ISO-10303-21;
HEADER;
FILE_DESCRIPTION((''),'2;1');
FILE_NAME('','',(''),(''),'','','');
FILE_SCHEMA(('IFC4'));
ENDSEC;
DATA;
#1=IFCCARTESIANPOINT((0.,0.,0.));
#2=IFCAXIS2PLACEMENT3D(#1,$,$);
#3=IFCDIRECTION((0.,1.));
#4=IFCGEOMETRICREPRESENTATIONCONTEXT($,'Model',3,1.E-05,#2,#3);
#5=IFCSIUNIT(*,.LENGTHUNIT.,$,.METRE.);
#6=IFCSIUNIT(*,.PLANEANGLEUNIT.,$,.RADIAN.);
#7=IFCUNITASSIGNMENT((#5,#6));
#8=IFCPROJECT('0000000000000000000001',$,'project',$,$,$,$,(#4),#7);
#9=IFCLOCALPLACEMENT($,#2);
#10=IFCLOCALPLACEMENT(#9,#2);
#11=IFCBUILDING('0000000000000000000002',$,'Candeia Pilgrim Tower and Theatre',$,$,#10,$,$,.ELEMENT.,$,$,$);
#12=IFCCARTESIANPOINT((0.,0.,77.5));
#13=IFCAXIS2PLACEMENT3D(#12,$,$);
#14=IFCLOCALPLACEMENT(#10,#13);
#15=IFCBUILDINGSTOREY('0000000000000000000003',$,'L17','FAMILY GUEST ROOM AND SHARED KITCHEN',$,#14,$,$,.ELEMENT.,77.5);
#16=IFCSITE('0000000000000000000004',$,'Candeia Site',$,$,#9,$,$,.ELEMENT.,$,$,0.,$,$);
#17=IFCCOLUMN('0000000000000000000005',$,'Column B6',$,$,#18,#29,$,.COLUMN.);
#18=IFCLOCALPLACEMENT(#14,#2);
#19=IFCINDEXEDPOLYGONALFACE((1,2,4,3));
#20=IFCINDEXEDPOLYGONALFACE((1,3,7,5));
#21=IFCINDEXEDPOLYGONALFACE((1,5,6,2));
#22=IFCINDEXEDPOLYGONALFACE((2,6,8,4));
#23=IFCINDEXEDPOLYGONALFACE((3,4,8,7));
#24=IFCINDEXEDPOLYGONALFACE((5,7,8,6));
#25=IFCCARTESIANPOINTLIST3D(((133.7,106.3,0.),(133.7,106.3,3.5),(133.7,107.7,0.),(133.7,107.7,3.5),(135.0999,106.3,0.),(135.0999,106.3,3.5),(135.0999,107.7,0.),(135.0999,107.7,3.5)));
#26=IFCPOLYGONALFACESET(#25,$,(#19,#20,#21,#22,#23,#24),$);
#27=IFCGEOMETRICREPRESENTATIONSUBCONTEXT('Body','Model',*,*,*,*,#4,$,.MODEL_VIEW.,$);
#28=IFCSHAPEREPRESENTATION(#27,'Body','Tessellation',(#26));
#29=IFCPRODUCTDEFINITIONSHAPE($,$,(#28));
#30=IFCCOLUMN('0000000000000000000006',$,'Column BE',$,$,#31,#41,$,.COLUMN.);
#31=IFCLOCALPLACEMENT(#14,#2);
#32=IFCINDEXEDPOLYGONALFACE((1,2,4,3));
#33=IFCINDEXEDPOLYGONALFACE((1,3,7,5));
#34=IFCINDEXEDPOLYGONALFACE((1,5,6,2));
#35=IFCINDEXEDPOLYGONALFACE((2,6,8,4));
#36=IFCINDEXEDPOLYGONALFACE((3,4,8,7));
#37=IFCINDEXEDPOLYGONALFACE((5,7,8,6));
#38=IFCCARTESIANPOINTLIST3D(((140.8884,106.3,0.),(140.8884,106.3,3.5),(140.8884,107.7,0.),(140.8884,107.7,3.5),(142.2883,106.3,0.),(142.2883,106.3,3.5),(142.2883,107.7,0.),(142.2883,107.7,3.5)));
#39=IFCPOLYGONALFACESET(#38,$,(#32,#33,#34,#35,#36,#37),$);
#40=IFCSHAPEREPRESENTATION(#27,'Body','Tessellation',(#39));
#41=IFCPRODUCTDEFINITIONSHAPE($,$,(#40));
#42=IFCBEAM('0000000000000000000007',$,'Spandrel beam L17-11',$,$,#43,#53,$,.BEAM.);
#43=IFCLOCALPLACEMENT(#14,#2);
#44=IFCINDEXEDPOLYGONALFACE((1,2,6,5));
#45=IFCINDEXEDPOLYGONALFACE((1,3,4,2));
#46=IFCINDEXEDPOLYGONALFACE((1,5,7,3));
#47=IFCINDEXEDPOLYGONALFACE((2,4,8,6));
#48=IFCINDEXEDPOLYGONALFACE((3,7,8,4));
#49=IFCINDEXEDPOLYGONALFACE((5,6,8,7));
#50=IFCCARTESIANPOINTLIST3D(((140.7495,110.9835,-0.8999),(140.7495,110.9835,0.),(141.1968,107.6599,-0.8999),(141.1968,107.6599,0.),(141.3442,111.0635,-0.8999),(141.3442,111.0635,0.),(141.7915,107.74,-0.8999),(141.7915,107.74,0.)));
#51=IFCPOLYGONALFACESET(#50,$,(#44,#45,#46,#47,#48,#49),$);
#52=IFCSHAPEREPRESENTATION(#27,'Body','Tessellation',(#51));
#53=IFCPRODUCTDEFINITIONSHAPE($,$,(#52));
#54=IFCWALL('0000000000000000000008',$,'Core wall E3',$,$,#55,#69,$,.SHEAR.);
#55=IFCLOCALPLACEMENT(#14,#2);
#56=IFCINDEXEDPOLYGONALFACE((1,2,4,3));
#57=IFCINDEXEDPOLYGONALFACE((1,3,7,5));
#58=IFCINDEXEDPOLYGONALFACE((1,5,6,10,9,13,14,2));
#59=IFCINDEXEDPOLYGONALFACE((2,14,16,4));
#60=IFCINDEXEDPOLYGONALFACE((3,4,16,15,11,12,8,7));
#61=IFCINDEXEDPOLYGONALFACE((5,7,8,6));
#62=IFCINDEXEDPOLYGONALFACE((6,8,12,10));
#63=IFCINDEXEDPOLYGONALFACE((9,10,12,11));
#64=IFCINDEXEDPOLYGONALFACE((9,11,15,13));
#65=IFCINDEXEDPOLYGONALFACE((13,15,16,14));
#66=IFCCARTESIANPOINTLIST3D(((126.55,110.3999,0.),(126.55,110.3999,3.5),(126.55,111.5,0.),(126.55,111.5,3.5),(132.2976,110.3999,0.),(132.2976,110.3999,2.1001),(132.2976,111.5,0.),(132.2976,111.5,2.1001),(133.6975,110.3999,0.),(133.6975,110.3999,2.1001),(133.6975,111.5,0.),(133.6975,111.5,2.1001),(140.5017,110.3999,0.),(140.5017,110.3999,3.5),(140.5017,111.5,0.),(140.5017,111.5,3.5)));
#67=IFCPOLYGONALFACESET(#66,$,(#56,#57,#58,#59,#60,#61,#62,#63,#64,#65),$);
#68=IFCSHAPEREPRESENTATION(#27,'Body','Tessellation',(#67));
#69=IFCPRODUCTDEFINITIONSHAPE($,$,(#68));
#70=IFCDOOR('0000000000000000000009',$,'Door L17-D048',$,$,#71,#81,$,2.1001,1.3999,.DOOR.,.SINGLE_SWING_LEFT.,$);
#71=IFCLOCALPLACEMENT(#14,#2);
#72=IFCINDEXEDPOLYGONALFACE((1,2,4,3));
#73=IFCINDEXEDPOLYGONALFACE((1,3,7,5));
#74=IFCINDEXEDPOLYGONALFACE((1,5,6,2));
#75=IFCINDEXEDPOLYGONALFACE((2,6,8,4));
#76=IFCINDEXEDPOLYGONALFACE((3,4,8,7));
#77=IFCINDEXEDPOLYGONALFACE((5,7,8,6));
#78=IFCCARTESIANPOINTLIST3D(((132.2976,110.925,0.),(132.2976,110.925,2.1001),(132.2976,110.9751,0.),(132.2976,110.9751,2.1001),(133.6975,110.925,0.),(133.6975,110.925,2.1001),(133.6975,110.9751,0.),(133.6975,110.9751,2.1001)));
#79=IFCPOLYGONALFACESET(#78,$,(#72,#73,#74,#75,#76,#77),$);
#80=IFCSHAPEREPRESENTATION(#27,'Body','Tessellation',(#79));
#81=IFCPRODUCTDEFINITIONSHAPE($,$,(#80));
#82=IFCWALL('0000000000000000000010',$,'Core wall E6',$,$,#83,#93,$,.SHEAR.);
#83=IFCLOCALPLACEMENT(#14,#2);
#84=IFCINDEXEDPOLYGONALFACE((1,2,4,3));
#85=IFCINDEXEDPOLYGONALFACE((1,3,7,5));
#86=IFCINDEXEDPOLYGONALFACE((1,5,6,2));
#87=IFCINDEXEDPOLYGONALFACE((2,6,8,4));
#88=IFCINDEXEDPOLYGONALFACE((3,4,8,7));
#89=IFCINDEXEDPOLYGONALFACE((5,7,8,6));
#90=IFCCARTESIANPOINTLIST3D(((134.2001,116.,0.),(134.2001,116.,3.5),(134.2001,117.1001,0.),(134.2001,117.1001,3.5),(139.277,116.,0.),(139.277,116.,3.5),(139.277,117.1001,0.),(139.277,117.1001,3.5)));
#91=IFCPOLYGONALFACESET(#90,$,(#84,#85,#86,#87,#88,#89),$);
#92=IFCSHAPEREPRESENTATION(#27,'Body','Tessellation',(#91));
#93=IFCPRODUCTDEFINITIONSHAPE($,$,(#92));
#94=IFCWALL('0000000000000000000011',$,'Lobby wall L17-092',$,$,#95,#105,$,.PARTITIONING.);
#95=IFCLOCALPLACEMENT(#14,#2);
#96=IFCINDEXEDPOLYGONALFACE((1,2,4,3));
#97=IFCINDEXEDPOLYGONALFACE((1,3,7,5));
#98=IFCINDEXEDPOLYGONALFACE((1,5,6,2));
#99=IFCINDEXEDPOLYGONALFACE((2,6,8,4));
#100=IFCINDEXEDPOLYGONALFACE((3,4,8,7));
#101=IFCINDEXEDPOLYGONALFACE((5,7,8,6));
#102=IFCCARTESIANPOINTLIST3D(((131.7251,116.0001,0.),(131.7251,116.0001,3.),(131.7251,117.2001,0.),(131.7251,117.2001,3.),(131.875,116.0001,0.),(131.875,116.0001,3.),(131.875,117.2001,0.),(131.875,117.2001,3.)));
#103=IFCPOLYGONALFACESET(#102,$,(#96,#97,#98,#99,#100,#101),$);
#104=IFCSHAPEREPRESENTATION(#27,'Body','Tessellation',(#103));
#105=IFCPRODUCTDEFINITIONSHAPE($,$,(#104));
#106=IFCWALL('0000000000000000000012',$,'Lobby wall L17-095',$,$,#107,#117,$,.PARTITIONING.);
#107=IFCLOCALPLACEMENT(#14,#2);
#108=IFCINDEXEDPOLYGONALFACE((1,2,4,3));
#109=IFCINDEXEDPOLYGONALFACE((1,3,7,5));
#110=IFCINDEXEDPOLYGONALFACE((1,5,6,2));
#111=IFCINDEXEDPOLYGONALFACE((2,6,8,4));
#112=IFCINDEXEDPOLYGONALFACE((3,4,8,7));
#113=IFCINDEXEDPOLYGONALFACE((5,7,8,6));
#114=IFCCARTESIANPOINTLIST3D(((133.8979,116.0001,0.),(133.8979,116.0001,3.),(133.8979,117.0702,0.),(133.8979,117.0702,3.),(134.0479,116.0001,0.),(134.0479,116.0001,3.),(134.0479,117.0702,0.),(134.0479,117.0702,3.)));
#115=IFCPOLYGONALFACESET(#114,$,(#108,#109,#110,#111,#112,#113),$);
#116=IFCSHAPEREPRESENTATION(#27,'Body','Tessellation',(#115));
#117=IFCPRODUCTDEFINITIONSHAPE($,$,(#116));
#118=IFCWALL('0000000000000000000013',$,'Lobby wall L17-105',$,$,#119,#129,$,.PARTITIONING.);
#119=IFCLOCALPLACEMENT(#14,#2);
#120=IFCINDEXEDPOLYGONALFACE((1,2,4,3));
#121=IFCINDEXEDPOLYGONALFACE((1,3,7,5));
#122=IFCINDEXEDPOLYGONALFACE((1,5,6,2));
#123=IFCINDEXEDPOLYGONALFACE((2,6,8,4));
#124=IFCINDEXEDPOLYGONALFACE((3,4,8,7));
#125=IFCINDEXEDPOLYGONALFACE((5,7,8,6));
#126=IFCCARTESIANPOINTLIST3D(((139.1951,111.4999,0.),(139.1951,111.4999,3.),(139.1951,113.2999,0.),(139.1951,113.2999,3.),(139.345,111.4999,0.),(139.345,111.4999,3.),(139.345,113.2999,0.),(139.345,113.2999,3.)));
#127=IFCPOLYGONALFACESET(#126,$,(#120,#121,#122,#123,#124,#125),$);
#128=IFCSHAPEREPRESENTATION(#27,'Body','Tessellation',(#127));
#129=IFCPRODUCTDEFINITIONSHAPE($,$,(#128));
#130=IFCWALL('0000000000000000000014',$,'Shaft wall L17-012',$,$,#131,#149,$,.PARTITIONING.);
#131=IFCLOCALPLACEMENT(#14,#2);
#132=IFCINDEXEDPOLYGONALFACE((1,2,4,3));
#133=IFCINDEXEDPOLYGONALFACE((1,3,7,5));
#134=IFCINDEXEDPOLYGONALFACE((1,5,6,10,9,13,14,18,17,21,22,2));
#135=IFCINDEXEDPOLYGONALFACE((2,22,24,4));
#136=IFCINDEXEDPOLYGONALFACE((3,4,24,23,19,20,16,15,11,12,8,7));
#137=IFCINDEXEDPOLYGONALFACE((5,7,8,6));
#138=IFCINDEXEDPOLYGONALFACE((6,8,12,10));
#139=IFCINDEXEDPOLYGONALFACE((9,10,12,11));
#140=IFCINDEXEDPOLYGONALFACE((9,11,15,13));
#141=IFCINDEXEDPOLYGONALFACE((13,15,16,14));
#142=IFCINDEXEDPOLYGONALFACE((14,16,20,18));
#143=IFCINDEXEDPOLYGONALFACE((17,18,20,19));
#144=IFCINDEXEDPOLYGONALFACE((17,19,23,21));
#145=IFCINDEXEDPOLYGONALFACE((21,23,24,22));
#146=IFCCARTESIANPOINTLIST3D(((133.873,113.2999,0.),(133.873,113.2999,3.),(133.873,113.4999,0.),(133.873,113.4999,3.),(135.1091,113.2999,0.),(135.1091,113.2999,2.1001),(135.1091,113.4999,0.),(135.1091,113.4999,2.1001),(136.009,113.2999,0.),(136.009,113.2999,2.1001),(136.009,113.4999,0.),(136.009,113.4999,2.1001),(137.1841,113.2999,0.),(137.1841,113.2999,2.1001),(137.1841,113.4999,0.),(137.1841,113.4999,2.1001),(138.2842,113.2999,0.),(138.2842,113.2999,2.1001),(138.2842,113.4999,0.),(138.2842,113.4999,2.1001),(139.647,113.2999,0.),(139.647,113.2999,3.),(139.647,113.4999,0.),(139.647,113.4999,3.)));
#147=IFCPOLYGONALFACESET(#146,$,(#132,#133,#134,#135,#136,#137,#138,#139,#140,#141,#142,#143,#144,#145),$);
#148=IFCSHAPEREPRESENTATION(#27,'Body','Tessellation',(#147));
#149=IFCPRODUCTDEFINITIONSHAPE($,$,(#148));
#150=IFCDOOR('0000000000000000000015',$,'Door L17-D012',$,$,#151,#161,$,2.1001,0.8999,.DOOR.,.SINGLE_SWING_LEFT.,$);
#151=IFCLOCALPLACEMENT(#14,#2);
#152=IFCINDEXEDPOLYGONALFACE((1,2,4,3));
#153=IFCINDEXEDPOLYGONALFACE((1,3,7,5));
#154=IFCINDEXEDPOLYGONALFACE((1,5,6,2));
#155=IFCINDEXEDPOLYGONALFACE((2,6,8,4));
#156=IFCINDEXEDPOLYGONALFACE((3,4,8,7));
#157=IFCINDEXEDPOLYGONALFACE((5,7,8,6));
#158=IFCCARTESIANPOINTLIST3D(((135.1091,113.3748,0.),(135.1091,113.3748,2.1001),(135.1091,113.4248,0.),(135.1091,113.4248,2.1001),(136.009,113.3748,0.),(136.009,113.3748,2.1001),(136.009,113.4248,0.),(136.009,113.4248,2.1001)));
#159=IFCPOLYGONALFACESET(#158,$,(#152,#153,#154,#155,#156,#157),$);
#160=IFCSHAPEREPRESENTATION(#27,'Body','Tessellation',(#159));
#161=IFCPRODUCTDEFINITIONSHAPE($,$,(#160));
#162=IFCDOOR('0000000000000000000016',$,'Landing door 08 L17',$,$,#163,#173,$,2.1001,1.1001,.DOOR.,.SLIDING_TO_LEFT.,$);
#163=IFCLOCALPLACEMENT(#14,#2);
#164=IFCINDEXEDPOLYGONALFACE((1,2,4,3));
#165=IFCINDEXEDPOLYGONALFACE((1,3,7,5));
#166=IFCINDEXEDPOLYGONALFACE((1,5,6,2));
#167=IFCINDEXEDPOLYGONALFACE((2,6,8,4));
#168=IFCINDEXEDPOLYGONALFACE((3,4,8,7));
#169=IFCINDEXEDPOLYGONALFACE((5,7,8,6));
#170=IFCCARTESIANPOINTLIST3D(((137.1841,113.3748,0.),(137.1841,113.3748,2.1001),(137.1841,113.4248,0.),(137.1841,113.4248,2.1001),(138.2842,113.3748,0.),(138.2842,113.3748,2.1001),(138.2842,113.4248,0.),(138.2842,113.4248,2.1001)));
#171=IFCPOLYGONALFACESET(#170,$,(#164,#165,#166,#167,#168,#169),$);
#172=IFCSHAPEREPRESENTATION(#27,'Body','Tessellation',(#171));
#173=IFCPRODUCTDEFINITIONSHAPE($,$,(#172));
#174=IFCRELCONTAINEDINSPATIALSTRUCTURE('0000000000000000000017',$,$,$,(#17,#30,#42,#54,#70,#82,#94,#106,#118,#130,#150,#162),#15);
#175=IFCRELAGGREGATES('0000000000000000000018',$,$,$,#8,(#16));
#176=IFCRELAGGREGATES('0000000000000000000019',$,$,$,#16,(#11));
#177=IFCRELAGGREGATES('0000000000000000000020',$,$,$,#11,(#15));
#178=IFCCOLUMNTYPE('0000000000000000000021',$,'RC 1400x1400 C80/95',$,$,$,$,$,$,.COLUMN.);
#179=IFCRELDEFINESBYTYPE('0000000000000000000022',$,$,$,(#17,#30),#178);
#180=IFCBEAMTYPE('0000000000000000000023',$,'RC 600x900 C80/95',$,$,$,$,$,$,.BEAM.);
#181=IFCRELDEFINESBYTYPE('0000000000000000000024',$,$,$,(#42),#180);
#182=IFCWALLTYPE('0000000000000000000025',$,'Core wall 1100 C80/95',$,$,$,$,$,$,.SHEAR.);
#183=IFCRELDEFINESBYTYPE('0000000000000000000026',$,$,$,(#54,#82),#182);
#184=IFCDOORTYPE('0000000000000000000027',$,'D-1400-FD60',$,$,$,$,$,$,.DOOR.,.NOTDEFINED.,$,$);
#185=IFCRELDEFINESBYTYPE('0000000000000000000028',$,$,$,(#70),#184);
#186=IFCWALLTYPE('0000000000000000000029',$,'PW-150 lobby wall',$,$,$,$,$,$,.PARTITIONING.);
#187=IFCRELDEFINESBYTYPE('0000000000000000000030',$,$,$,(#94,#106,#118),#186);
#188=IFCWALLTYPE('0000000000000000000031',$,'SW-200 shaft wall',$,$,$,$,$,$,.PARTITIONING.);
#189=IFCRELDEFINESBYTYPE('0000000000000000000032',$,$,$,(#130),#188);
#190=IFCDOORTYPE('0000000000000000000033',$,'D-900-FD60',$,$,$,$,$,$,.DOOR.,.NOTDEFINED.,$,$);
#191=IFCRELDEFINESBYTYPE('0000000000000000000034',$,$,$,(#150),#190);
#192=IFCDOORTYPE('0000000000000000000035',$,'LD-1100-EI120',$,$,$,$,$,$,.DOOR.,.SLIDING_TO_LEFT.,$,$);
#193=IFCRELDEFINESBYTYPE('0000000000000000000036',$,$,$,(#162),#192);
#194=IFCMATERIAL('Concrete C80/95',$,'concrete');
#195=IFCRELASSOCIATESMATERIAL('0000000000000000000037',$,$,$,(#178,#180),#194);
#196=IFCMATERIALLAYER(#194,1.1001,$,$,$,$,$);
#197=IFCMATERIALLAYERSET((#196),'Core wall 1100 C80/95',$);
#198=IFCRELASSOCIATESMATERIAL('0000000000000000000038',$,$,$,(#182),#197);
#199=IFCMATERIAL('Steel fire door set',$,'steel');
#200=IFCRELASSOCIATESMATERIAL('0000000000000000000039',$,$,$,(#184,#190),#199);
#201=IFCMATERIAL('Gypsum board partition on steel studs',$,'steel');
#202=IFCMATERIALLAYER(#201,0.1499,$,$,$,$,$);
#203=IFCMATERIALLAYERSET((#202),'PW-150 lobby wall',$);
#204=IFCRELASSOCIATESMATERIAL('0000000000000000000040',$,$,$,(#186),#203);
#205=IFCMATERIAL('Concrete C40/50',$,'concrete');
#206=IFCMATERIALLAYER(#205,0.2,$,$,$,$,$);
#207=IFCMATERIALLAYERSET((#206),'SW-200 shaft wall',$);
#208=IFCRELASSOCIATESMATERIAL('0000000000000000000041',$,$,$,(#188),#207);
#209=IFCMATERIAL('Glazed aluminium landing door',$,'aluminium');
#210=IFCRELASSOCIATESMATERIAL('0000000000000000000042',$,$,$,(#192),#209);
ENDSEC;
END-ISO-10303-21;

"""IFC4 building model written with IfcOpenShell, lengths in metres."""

from ifc_helpers import new_model, si_unit, direction, frame, frame_2d, origin, origin_2d, place, context, subcontext, project, spatial, rectangle, extrude, material, layer, layer_set, material_profile, profile_set, type_object, element, fill, save


model = new_model("IFC4")

# Units and contexts
model_context = context("Model", 3, precision=1e-05, world=origin(), true_north=direction((0.0, 1.0)))
body_context = subcontext(model_context, "Body", "Model", "MODEL_VIEW")
ifc_project = project(units=[si_unit("LENGTHUNIT", "METRE"), si_unit("PLANEANGLEUNIT", "RADIAN")], contexts=[model_context])

# Site, building, storey
site_placement = place(None, origin())
site = spatial("IfcSite", under=ifc_project, at=site_placement, Name="Candeia Site", CompositionType="ELEMENT", RefElevation=0.0)
building_placement = place(site_placement, origin())
building = spatial("IfcBuilding", under=site, at=building_placement, Name="Candeia Pilgrim Tower and Theatre", CompositionType="ELEMENT")
storey_placement = place(building_placement, frame((0.0, 0.0, 77.5)))
storey = spatial("IfcBuildingStorey", under=building, at=storey_placement, Name="L17", Description="FAMILY GUEST ROOM AND SHARED KITCHEN", CompositionType="ELEMENT", Elevation=77.5)

# Columns
ifc_material_1 = material(Name="Concrete C80/95", Category="concrete")
ifc_material_profile_1 = material_profile(ifc_material_1, rectangle(XDim=1.3999, YDim=1.3999, at=origin_2d()))
ifc_profile_set_1 = profile_set([ifc_material_profile_1], Name="Concrete C80/95")
column_type = type_object("IfcColumnType", Name="RC 1400x1400 C80/95", PredefinedType="COLUMN", material=ifc_profile_set_1)
for number, where, z_axis, x_axis, name in (
    (1, (134.3999, 107.0, 0.0), (0.0, 0.0, 1.0), (1.0, 0.0, 0.0), "Column B6"),
    (2, (141.5884, 107.0, 0.0), (0.0, 0.0, 1.0), (1.0, 0.0, 0.0), "Column BE"),
):
    element("IfcColumn", number, at=place(storey_placement, frame(where, z_axis=z_axis, x_axis=x_axis)), inside=storey, type_object=column_type, Name=name, PredefinedType="COLUMN", context=body_context, shape_type="SweptSolid", body=[
        extrude(rectangle(XDim=1.3999, YDim=1.3999, at=origin_2d()), origin(), (0.0, 0.0, 1.0), 3.5),
    ])

# Beam
ifc_material_profile_2 = material_profile(ifc_material_1, rectangle(XDim=0.6001, YDim=0.8999, at=origin_2d()))
ifc_profile_set_2 = profile_set([ifc_material_profile_2], Name="Concrete C80/95")
beam_type = type_object("IfcBeamType", Name="RC 600x900 C80/95", PredefinedType="BEAM", material=ifc_profile_set_2)
beam_placement = place(storey_placement, frame((141.4941, 107.7, -0.45), z_axis=(-0.133375, 0.991066, 0.0), x_axis=(-0.991066, -0.133375, 0.0)))
element("IfcBeam", 3, at=beam_placement, inside=storey, type_object=beam_type, Name="Spandrel beam L17-11", PredefinedType="BEAM", context=body_context, shape_type="SweptSolid", body=[
    extrude(rectangle(XDim=0.6001, YDim=0.8999, at=origin_2d()), origin(), (0.0, 0.0, 1.0), 3.3535),
])

# Wall, opening, door
ifc_layer_1 = layer(ifc_material_1, 1.1001)
ifc_layer_set_1 = layer_set([ifc_layer_1], Name="Core wall 1100 C80/95")
wall_type_1 = type_object("IfcWallType", Name="Core wall 1100 C80/95", PredefinedType="SHEAR", material=ifc_layer_set_1)
wall_1_placement = place(storey_placement, frame((140.5017, 110.95, 0.0), z_axis=(0.0, 0.0, 1.0), x_axis=(-1.0, 0.0, 0.0)))
wall_1 = element("IfcWall", 4, at=wall_1_placement, inside=storey, type_object=wall_type_1, Name="Core wall E3", PredefinedType="SHEAR", context=body_context, shape_type="SweptSolid", body=[
    extrude(rectangle(XDim=13.9517, YDim=1.1001, at=frame_2d((6.9758, 0.0))), origin(), (0.0, 0.0, 1.0), 3.5),
])
opening_1_placement = place(wall_1_placement, frame((6.8042, 0.0, 0.0)))
opening_1 = element("IfcOpeningElement", 5, at=opening_1_placement, cuts=wall_1, PredefinedType="OPENING", context=body_context, shape_type="SweptSolid", body=[
    extrude(rectangle(XDim=1.3999, YDim=2.1001, at=frame_2d((0.7, 1.05))), frame((0.0, 0.5601, 0.0), z_axis=(0.0, -1.0, 0.0), x_axis=(1.0, 0.0, 0.0)), (0.0, 0.0, 1.0), 1.1201),
])
ifc_material_2 = material(Name="Steel fire door set", Category="steel")
door_type_1 = type_object("IfcDoorType", Name="D-1400-FD60", OperationType="NOTDEFINED", PredefinedType="DOOR", material=ifc_material_2)
door_1_placement = place(opening_1_placement, origin())
door_1 = element("IfcDoor", 6, at=door_1_placement, inside=storey, type_object=door_type_1, Name="Door L17-D048", OperationType="SINGLE_SWING_LEFT", OverallHeight=2.1001, OverallWidth=1.3999, PredefinedType="DOOR", context=body_context, shape_type="SweptSolid", body=[
    extrude(rectangle(XDim=1.3999, YDim=2.1001, at=frame_2d((0.7, 1.05))), frame((0.0, 0.0249, 0.0), z_axis=(0.0, -1.0, 0.0), x_axis=(1.0, 0.0, 0.0)), (0.0, 0.0, 1.0), 0.05),
])
fill(opening_1, door_1)

# Walls
wall_2_placement = place(storey_placement, frame((134.2, 116.55, 0.0), z_axis=(0.0, 0.0, 1.0), x_axis=(1.0, 0.0, 0.0)))
element("IfcWall", 7, at=wall_2_placement, inside=storey, type_object=wall_type_1, Name="Core wall E6", PredefinedType="SHEAR", context=body_context, shape_type="SweptSolid", body=[
    extrude(rectangle(XDim=5.0769, YDim=1.1001, at=frame_2d((2.5386, 0.0))), origin(), (0.0, 0.0, 1.0), 3.5),
])
ifc_material_3 = material(Name="Gypsum board partition on steel studs", Category="steel")
ifc_layer_2 = layer(ifc_material_3, 0.1499)
ifc_layer_set_2 = layer_set([ifc_layer_2], Name="PW-150 lobby wall")
wall_type_2 = type_object("IfcWallType", Name="PW-150 lobby wall", PredefinedType="PARTITIONING", material=ifc_layer_set_2)
wall_3_placement = place(storey_placement, frame((131.8, 116.0, 0.0), z_axis=(0.0, 0.0, 1.0), x_axis=(0.0, 1.0, 0.0)))
element("IfcWall", 8, at=wall_3_placement, inside=storey, type_object=wall_type_2, Name="Lobby wall L17-092", PredefinedType="PARTITIONING", context=body_context, shape_type="SweptSolid", body=[
    extrude(rectangle(XDim=1.2, YDim=0.1499, at=frame_2d((0.6001, 0.0))), origin(), (0.0, 0.0, 1.0), 3.0),
])
wall_4_placement = place(storey_placement, frame((133.9729, 116.0, 0.0), z_axis=(0.0, 0.0, 1.0), x_axis=(0.0, 1.0, 0.0)))
element("IfcWall", 9, at=wall_4_placement, inside=storey, type_object=wall_type_2, Name="Lobby wall L17-095", PredefinedType="PARTITIONING", context=body_context, shape_type="SweptSolid", body=[
    extrude(rectangle(XDim=1.0701, YDim=0.1499, at=frame_2d((0.5352, 0.0))), origin(), (0.0, 0.0, 1.0), 3.0),
])
wall_5_placement = place(storey_placement, frame((139.27, 111.5, 0.0), z_axis=(0.0, 0.0, 1.0), x_axis=(0.0, 1.0, 0.0)))
element("IfcWall", 10, at=wall_5_placement, inside=storey, type_object=wall_type_2, Name="Lobby wall L17-105", PredefinedType="PARTITIONING", context=body_context, shape_type="SweptSolid", body=[
    extrude(rectangle(XDim=1.8, YDim=0.1499, at=frame_2d((0.8999, 0.0))), origin(), (0.0, 0.0, 1.0), 3.0),
])

# Wall, openings, doors
ifc_material_4 = material(Name="Concrete C40/50", Category="concrete")
ifc_layer_3 = layer(ifc_material_4, 0.2)
ifc_layer_set_3 = layer_set([ifc_layer_3], Name="SW-200 shaft wall")
wall_type_3 = type_object("IfcWallType", Name="SW-200 shaft wall", PredefinedType="PARTITIONING", material=ifc_layer_set_3)
wall_6_placement = place(storey_placement, frame((133.873, 113.3999, 0.0), z_axis=(0.0, 0.0, 1.0), x_axis=(1.0, 0.0, 0.0)))
wall_6 = element("IfcWall", 11, at=wall_6_placement, inside=storey, type_object=wall_type_3, Name="Shaft wall L17-012", PredefinedType="PARTITIONING", context=body_context, shape_type="SweptSolid", body=[
    extrude(rectangle(XDim=5.7739, YDim=0.2, at=frame_2d((2.887, 0.0))), origin(), (0.0, 0.0, 1.0), 3.0),
])
opening_2_placement = place(wall_6_placement, frame((3.311, 0.0, 0.0)))
opening_2 = element("IfcOpeningElement", 12, at=opening_2_placement, cuts=wall_6, PredefinedType="OPENING", context=body_context, shape_type="SweptSolid", body=[
    extrude(rectangle(XDim=1.1001, YDim=2.1001, at=frame_2d((0.55, 1.05))), frame((0.0, 0.1099, 0.0), z_axis=(0.0, -1.0, 0.0), x_axis=(1.0, 0.0, 0.0)), (0.0, 0.0, 1.0), 0.22),
])
opening_3_placement = place(wall_6_placement, frame((1.2361, 0.0, 0.0)))
opening_3 = element("IfcOpeningElement", 13, at=opening_3_placement, cuts=wall_6, PredefinedType="OPENING", context=body_context, shape_type="SweptSolid", body=[
    extrude(rectangle(XDim=0.8999, YDim=2.1001, at=frame_2d((0.45, 1.05))), frame((0.0, 0.1099, 0.0), z_axis=(0.0, -1.0, 0.0), x_axis=(1.0, 0.0, 0.0)), (0.0, 0.0, 1.0), 0.22),
])
door_type_2 = type_object("IfcDoorType", Name="D-900-FD60", OperationType="NOTDEFINED", PredefinedType="DOOR", material=ifc_material_2)
door_2_placement = place(opening_3_placement, origin())
door_2 = element("IfcDoor", 14, at=door_2_placement, inside=storey, type_object=door_type_2, Name="Door L17-D012", OperationType="SINGLE_SWING_LEFT", OverallHeight=2.1001, OverallWidth=0.8999, PredefinedType="DOOR", context=body_context, shape_type="SweptSolid", body=[
    extrude(rectangle(XDim=0.8999, YDim=2.1001, at=frame_2d((0.45, 1.05))), frame((0.0, 0.0249, 0.0), z_axis=(0.0, -1.0, 0.0), x_axis=(1.0, 0.0, 0.0)), (0.0, 0.0, 1.0), 0.05),
])
fill(opening_3, door_2)
ifc_material_5 = material(Name="Glazed aluminium landing door", Category="aluminium")
door_type_3 = type_object("IfcDoorType", Name="LD-1100-EI120", OperationType="SLIDING_TO_LEFT", PredefinedType="DOOR", material=ifc_material_5)
door_3_placement = place(opening_2_placement, origin())
door_3 = element("IfcDoor", 15, at=door_3_placement, inside=storey, type_object=door_type_3, Name="Landing door 08 L17", OperationType="SLIDING_TO_LEFT", OverallHeight=2.1001, OverallWidth=1.1001, PredefinedType="DOOR", context=body_context, shape_type="SweptSolid", body=[
    extrude(rectangle(XDim=1.1001, YDim=2.1001, at=frame_2d((0.55, 1.05))), frame((0.0, 0.0249, 0.0), z_axis=(0.0, -1.0, 0.0), x_axis=(1.0, 0.0, 0.0)), (0.0, 0.0, 1.0), 0.05),
])
fill(opening_2, door_3)

save(model, "model.ifc")
